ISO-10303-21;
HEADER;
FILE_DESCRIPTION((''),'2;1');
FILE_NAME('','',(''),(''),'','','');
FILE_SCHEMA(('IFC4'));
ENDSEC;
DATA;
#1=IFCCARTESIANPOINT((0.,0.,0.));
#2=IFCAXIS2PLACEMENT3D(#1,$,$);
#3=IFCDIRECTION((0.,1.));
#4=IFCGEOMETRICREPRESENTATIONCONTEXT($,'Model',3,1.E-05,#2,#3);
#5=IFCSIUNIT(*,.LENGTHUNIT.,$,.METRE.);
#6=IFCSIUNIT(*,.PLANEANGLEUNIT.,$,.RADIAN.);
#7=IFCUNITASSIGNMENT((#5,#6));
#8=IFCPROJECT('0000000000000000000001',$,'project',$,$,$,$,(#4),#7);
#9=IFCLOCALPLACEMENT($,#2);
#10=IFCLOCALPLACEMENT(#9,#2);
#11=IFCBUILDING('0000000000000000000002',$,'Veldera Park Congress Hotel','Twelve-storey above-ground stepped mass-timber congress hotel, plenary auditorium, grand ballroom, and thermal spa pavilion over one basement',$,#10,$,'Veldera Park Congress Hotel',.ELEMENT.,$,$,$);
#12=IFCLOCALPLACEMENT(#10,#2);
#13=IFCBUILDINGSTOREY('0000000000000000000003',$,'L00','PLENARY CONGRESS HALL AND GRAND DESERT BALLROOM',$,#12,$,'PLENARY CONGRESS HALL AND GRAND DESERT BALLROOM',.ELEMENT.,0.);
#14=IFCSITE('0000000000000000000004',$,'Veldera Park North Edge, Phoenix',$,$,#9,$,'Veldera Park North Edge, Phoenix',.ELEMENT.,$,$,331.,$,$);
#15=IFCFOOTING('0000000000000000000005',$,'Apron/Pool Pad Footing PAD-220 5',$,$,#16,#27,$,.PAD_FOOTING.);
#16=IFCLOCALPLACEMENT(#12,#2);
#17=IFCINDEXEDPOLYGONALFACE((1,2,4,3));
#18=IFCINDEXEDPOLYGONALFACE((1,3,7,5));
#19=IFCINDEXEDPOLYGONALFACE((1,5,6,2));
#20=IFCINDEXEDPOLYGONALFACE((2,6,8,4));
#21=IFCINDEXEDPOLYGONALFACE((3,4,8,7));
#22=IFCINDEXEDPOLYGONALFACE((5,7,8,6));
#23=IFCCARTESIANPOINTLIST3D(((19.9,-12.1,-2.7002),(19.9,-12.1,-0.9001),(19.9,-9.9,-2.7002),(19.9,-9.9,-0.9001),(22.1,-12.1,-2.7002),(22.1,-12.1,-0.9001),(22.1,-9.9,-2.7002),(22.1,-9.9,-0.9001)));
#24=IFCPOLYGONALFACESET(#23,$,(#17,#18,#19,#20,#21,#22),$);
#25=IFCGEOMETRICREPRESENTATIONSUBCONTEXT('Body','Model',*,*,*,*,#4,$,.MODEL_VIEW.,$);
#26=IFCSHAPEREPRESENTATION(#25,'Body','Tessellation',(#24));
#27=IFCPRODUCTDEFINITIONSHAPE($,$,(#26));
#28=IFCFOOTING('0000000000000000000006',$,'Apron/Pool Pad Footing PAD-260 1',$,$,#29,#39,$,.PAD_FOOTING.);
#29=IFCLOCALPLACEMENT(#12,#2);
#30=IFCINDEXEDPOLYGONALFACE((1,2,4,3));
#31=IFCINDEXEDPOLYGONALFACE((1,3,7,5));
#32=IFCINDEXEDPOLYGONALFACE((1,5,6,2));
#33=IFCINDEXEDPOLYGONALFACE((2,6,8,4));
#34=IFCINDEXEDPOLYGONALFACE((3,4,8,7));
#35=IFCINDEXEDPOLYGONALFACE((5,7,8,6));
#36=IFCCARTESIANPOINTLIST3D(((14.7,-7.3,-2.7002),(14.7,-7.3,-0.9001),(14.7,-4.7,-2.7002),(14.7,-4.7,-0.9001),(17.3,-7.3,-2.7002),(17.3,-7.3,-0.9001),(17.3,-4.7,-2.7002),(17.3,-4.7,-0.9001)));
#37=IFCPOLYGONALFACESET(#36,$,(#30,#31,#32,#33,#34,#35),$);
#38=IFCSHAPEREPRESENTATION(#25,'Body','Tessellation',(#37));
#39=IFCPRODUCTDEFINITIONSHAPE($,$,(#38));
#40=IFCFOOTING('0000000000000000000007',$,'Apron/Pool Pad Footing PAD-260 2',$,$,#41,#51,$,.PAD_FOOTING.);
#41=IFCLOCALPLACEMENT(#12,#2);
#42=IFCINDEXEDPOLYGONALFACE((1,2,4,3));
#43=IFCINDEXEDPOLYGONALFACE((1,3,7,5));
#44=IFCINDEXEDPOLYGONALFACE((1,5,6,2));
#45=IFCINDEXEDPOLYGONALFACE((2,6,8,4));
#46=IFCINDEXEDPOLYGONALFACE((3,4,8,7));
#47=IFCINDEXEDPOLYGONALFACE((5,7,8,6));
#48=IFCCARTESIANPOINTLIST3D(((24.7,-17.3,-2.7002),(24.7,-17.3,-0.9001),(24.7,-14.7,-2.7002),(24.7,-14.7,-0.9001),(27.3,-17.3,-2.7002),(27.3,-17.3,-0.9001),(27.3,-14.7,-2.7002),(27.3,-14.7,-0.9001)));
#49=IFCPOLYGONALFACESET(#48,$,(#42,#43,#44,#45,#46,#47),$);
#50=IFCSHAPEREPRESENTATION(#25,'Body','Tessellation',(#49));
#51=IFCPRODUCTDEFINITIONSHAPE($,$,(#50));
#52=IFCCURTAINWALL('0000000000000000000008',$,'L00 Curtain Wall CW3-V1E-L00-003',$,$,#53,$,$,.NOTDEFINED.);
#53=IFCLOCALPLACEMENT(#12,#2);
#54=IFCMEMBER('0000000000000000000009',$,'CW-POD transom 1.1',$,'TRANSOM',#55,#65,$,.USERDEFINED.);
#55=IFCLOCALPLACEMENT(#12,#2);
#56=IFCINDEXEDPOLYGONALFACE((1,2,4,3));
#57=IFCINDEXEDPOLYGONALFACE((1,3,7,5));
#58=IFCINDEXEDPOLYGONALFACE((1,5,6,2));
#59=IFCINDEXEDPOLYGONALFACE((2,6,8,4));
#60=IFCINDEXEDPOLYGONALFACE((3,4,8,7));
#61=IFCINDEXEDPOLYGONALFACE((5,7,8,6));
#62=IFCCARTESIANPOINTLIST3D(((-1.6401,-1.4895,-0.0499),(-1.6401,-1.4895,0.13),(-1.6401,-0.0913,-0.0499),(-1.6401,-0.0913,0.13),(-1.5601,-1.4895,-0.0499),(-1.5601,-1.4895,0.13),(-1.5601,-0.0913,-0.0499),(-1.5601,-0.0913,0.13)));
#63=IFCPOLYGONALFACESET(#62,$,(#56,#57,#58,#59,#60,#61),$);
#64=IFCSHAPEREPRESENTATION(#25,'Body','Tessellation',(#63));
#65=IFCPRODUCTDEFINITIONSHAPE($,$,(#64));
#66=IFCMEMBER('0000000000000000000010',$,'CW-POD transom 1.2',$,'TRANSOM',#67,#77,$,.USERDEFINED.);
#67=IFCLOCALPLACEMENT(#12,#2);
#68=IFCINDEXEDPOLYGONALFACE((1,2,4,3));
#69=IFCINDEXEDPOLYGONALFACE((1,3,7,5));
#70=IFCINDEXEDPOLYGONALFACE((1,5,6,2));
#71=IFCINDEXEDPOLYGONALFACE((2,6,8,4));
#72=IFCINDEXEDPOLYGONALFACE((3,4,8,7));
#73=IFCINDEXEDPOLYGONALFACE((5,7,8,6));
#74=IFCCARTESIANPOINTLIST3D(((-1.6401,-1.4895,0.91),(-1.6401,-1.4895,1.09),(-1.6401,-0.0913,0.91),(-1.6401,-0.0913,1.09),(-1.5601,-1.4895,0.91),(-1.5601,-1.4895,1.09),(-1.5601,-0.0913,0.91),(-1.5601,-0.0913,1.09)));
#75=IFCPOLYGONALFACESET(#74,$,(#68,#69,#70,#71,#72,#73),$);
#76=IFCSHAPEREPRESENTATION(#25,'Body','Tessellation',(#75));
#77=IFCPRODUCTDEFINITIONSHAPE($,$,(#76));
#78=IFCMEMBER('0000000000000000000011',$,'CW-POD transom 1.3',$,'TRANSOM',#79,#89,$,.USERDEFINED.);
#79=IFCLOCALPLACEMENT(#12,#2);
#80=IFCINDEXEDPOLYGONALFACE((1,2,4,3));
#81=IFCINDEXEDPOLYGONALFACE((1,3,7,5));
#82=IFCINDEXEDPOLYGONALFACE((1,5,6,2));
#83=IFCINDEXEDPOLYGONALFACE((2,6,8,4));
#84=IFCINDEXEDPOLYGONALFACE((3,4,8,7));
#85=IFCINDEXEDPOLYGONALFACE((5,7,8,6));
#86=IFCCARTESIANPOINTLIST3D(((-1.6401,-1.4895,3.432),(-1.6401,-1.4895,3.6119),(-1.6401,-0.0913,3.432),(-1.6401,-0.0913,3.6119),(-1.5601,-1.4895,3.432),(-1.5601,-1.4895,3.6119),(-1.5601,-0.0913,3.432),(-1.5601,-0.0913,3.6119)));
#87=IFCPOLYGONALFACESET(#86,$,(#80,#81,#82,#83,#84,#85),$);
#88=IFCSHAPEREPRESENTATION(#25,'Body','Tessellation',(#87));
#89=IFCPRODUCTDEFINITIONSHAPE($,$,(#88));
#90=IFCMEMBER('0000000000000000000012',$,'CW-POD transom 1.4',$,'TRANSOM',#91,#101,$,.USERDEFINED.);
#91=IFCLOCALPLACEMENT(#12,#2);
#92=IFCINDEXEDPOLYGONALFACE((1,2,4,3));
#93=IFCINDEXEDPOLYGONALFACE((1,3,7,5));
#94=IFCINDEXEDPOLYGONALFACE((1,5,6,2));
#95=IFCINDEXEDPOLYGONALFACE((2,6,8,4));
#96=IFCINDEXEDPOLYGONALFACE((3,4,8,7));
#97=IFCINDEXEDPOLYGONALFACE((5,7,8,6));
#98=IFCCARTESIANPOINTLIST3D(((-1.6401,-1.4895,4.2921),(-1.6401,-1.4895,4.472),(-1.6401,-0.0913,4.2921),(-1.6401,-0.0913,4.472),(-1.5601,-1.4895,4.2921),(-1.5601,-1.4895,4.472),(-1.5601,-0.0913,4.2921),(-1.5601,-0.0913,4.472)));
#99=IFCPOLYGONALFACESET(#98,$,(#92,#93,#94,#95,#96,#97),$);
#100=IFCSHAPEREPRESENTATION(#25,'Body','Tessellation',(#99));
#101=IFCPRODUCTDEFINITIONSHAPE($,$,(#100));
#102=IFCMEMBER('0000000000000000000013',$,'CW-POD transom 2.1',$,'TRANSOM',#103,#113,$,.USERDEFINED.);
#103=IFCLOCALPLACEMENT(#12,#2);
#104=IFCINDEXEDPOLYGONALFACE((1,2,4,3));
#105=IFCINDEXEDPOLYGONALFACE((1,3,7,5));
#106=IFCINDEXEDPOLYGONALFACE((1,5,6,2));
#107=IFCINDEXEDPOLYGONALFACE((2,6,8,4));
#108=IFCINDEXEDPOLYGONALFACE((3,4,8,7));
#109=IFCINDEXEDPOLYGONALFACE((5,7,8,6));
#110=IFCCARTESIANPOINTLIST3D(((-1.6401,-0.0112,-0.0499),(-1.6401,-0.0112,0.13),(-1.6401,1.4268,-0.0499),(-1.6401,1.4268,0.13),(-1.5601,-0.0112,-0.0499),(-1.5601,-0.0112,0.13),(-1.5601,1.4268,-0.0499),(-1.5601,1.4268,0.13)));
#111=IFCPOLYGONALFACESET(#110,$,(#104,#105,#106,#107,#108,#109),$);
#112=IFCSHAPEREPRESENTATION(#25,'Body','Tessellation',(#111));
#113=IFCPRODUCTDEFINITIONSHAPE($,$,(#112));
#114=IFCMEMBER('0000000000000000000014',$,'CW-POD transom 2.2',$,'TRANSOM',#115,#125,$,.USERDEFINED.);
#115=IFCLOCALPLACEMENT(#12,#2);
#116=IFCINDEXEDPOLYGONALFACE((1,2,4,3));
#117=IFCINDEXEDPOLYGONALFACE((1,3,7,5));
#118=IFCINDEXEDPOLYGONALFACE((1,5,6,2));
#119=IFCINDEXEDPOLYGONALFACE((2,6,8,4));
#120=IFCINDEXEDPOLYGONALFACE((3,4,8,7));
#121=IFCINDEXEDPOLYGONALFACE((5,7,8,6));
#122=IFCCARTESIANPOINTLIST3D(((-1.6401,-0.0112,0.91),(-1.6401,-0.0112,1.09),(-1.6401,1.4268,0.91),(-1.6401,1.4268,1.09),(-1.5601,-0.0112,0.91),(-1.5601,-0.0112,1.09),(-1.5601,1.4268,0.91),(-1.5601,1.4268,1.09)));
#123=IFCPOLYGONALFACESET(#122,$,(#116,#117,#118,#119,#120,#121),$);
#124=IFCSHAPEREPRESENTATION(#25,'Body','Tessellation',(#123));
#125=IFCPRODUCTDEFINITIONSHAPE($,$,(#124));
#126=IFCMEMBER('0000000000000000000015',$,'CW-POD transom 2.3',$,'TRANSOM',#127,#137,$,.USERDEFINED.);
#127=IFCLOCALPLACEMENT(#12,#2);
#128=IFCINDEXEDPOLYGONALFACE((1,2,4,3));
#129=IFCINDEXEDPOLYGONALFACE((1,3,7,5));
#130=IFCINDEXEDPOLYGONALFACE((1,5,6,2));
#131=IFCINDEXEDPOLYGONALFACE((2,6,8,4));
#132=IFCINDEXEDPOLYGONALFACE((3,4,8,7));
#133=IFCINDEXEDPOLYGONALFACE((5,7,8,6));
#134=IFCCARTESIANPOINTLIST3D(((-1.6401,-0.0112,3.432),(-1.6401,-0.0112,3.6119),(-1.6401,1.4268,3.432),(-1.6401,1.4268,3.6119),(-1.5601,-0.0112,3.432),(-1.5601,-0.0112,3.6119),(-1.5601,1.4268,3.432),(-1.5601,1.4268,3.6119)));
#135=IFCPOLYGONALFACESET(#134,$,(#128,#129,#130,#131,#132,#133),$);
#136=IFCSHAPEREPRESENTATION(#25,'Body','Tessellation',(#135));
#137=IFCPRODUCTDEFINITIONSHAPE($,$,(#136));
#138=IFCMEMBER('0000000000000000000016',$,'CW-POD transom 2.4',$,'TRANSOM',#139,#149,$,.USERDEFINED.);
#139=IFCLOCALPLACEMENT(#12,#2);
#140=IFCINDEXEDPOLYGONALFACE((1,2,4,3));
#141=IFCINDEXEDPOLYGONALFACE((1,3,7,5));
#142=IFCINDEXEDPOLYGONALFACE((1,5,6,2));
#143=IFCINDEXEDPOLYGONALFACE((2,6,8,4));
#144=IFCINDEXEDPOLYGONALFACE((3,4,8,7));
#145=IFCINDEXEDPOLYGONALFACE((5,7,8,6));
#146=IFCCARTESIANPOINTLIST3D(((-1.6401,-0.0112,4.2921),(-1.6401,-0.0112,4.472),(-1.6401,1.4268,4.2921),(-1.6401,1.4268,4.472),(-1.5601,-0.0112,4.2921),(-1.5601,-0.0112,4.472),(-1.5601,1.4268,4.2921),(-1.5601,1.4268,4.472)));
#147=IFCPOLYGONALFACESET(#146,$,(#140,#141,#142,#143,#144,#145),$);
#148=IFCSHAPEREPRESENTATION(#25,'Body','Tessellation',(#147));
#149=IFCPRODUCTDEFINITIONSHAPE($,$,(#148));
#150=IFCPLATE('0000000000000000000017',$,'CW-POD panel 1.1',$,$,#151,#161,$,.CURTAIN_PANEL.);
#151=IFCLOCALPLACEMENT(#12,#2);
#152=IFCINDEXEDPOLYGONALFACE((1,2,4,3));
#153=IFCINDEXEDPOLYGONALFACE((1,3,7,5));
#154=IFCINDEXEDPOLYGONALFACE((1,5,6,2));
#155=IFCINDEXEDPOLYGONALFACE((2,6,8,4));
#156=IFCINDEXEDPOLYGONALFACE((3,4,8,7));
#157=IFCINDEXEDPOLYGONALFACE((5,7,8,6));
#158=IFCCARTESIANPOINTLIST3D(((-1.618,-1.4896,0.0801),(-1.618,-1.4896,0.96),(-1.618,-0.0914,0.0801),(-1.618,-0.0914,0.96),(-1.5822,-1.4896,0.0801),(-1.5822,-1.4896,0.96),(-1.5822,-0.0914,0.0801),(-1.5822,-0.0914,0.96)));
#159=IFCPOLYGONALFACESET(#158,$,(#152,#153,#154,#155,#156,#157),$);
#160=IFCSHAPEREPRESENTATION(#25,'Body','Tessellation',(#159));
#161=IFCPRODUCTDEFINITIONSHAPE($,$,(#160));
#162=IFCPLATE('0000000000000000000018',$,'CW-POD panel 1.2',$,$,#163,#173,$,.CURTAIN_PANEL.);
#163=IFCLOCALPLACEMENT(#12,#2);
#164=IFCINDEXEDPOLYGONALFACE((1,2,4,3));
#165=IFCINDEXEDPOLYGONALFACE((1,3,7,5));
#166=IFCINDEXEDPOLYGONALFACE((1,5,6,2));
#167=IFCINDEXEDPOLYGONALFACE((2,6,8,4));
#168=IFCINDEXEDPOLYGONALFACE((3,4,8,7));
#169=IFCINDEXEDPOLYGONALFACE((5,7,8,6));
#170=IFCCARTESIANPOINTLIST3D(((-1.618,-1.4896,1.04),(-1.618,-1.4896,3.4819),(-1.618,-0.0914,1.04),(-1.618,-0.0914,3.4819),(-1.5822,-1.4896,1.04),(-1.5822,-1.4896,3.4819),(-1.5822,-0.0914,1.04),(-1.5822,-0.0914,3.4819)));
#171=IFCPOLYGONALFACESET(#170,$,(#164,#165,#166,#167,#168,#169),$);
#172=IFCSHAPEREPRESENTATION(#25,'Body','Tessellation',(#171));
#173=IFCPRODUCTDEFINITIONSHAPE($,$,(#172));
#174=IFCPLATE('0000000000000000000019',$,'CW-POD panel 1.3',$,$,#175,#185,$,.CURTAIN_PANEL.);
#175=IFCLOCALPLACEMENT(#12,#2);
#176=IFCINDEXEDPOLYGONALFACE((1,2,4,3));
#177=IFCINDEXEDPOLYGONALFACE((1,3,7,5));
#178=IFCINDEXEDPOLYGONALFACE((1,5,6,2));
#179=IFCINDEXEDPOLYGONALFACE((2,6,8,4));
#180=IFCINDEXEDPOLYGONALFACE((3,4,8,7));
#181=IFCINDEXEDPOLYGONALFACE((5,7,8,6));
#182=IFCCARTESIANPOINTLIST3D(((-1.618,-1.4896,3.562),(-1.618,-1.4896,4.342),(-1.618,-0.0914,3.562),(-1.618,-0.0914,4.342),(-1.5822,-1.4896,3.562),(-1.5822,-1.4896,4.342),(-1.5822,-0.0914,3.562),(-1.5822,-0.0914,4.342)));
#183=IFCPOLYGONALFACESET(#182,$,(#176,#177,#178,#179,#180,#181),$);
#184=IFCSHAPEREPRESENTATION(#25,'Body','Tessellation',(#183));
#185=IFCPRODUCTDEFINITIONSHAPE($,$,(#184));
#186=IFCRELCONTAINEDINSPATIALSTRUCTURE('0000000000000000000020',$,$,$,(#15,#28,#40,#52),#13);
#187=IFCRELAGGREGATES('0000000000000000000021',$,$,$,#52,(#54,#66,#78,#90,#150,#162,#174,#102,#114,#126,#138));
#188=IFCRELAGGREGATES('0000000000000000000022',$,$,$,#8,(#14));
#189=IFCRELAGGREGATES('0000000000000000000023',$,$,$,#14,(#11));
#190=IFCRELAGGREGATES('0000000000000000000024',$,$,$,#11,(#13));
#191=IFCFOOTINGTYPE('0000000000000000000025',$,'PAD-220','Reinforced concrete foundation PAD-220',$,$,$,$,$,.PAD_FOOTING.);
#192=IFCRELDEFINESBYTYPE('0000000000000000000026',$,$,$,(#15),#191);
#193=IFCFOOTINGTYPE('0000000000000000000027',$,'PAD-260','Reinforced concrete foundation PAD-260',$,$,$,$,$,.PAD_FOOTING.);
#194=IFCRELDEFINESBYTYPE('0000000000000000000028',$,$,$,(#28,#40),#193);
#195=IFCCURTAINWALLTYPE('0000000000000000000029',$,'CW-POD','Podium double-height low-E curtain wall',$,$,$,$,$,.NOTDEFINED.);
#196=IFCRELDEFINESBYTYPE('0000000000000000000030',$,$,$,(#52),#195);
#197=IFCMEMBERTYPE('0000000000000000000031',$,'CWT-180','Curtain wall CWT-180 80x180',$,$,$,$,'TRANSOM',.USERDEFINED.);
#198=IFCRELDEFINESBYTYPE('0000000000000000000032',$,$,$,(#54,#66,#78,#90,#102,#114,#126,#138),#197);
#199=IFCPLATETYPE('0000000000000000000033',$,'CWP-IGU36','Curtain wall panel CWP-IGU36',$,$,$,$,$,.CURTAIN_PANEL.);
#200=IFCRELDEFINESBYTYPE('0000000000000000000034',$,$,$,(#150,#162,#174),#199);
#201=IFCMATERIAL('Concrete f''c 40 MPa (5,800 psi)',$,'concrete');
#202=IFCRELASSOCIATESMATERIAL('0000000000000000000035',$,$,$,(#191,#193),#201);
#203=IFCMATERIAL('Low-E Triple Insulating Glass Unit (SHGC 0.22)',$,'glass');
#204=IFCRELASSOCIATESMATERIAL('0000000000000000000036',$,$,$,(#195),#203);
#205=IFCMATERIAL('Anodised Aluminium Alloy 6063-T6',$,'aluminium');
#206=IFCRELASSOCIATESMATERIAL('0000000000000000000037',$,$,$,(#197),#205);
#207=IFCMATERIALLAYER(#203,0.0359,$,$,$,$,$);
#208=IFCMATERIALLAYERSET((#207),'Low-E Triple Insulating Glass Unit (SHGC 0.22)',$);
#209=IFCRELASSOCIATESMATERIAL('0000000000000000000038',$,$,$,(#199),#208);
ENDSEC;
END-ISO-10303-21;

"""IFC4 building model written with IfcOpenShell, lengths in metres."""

from ifc_helpers import new_model, si_unit, direction, frame, origin, origin_2d, place, context, subcontext, project, spatial, rectangle, extrude, material, layer, layer_set, material_profile, profile_set, type_object, element, aggregate, save


model = new_model("IFC4")

# Units and contexts
model_context = context("Model", 3, precision=1e-05, world=origin(), true_north=direction((0.0, 1.0)))
body_context = subcontext(model_context, "Body", "Model", "MODEL_VIEW")
ifc_project = project(units=[si_unit("LENGTHUNIT", "METRE"), si_unit("PLANEANGLEUNIT", "RADIAN")], contexts=[model_context])

# Site, building, storey
site_placement = place(None, origin())
site = spatial("IfcSite", under=ifc_project, at=site_placement, Name="Veldera Park North Edge, Phoenix", LongName="Veldera Park North Edge, Phoenix", CompositionType="ELEMENT", RefElevation=331.0)
building_placement = place(site_placement, origin())
building = spatial("IfcBuilding", under=site, at=building_placement, Name="Veldera Park Congress Hotel", Description="Twelve-storey above-ground stepped mass-timber congress hotel, plenary auditorium, grand ballroom, and thermal spa pavilion over one basement", LongName="Veldera Park Congress Hotel", CompositionType="ELEMENT")
storey_placement = place(building_placement, origin())
storey = spatial("IfcBuildingStorey", under=building, at=storey_placement, Name="L00", Description="PLENARY CONGRESS HALL AND GRAND DESERT BALLROOM", LongName="PLENARY CONGRESS HALL AND GRAND DESERT BALLROOM", CompositionType="ELEMENT", Elevation=0.0)

# Footings
ifc_material_1 = material(Name="Concrete f'c 40 MPa (5,800 psi)", Category="concrete")
footing_type_1 = type_object("IfcFootingType", Name="PAD-220", Description="Reinforced concrete foundation PAD-220", PredefinedType="PAD_FOOTING", material=ifc_material_1)
footing_placement = place(storey_placement, frame((21.0, -11.0, -2.7002), z_axis=(0.0, 0.0, 1.0), x_axis=(1.0, 0.0, 0.0)))
element("IfcFooting", 1, at=footing_placement, inside=storey, type_object=footing_type_1, Name="Apron/Pool Pad Footing PAD-220 5", PredefinedType="PAD_FOOTING", context=body_context, shape_type="SweptSolid", body=[
    extrude(rectangle(XDim=2.2, YDim=2.2, at=origin_2d()), origin(), (0.0, 0.0, 1.0), 1.8),
])
footing_type_2 = type_object("IfcFootingType", Name="PAD-260", Description="Reinforced concrete foundation PAD-260", PredefinedType="PAD_FOOTING", material=ifc_material_1)
for number, where, z_axis, x_axis, name in (
    (2, (16.0, -6.0, -2.7002), (0.0, 0.0, 1.0), (1.0, 0.0, 0.0), "Apron/Pool Pad Footing PAD-260 1"),
    (3, (26.0, -16.0, -2.7002), (0.0, 0.0, 1.0), (1.0, 0.0, 0.0), "Apron/Pool Pad Footing PAD-260 2"),
):
    element("IfcFooting", number, at=place(storey_placement, frame(where, z_axis=z_axis, x_axis=x_axis)), inside=storey, type_object=footing_type_2, Name=name, PredefinedType="PAD_FOOTING", context=body_context, shape_type="SweptSolid", body=[
        extrude(rectangle(XDim=2.6001, YDim=2.6001, at=origin_2d()), origin(), (0.0, 0.0, 1.0), 1.8),
    ])

# Curtain wall, members, plates
ifc_material_2 = material(Name="Low-E Triple Insulating Glass Unit (SHGC 0.22)", Category="glass")
curtain_wall_type = type_object("IfcCurtainWallType", Name="CW-POD", Description="Podium double-height low-E curtain wall", PredefinedType="NOTDEFINED", material=ifc_material_2)
curtain_wall_placement = place(storey_placement, origin())
curtain_wall = element("IfcCurtainWall", 4, at=curtain_wall_placement, inside=storey, type_object=curtain_wall_type, Name="L00 Curtain Wall CW3-V1E-L00-003", PredefinedType="NOTDEFINED")
ifc_material_3 = material(Name="Anodised Aluminium Alloy 6063-T6", Category="aluminium")
ifc_material_profile = material_profile(ifc_material_3, rectangle(XDim=0.0801, YDim=0.1799, at=origin_2d()), Name="ALU 80x180")
ifc_profile_set = profile_set([ifc_material_profile], Name="Anodised Aluminium Alloy 6063-T6")
member_type = type_object("IfcMemberType", Name="CWT-180", Description="Curtain wall CWT-180 80x180", ElementType="TRANSOM", PredefinedType="USERDEFINED", material=ifc_profile_set)
member_1_placement = place(storey_placement, frame((-1.6001, -1.4895, 0.04), z_axis=(0.0, 1.0, 0.0), x_axis=(-1.0, 0.0, 0.0)))
member_1 = element("IfcMember", 5, at=member_1_placement, type_object=member_type, Name="CW-POD transom 1.1", ObjectType="TRANSOM", PredefinedType="USERDEFINED", context=body_context, shape_type="SweptSolid", body=[
    extrude(rectangle(XDim=0.0801, YDim=0.1799, at=origin_2d()), origin(), (0.0, 0.0, 1.0), 1.3982),
])
member_2_placement = place(storey_placement, frame((-1.6001, -1.4895, 1.0), z_axis=(0.0, 1.0, 0.0), x_axis=(-1.0, 0.0, 0.0)))
member_2 = element("IfcMember", 6, at=member_2_placement, type_object=member_type, Name="CW-POD transom 1.2", ObjectType="TRANSOM", PredefinedType="USERDEFINED", context=body_context, shape_type="SweptSolid", body=[
    extrude(rectangle(XDim=0.0801, YDim=0.1799, at=origin_2d()), origin(), (0.0, 0.0, 1.0), 1.3982),
])
member_3_placement = place(storey_placement, frame((-1.6001, -1.4895, 3.522), z_axis=(0.0, 1.0, 0.0), x_axis=(-1.0, 0.0, 0.0)))
member_3 = element("IfcMember", 7, at=member_3_placement, type_object=member_type, Name="CW-POD transom 1.3", ObjectType="TRANSOM", PredefinedType="USERDEFINED", context=body_context, shape_type="SweptSolid", body=[
    extrude(rectangle(XDim=0.0801, YDim=0.1799, at=origin_2d()), origin(), (0.0, 0.0, 1.0), 1.3982),
])
member_4_placement = place(storey_placement, frame((-1.6001, -1.4895, 4.3821), z_axis=(0.0, 1.0, 0.0), x_axis=(-1.0, 0.0, 0.0)))
member_4 = element("IfcMember", 8, at=member_4_placement, type_object=member_type, Name="CW-POD transom 1.4", ObjectType="TRANSOM", PredefinedType="USERDEFINED", context=body_context, shape_type="SweptSolid", body=[
    extrude(rectangle(XDim=0.0801, YDim=0.1799, at=origin_2d()), origin(), (0.0, 0.0, 1.0), 1.3982),
])
member_5_placement = place(storey_placement, frame((-1.6001, -0.0112, 0.04), z_axis=(0.0, 1.0, 0.0), x_axis=(-1.0, 0.0, 0.0)))
member_5 = element("IfcMember", 9, at=member_5_placement, type_object=member_type, Name="CW-POD transom 2.1", ObjectType="TRANSOM", PredefinedType="USERDEFINED", context=body_context, shape_type="SweptSolid", body=[
    extrude(rectangle(XDim=0.0801, YDim=0.1799, at=origin_2d()), origin(), (0.0, 0.0, 1.0), 1.438),
])
member_6_placement = place(storey_placement, frame((-1.6001, -0.0112, 1.0), z_axis=(0.0, 1.0, 0.0), x_axis=(-1.0, 0.0, 0.0)))
member_6 = element("IfcMember", 10, at=member_6_placement, type_object=member_type, Name="CW-POD transom 2.2", ObjectType="TRANSOM", PredefinedType="USERDEFINED", context=body_context, shape_type="SweptSolid", body=[
    extrude(rectangle(XDim=0.0801, YDim=0.1799, at=origin_2d()), origin(), (0.0, 0.0, 1.0), 1.438),
])
member_7_placement = place(storey_placement, frame((-1.6001, -0.0112, 3.522), z_axis=(0.0, 1.0, 0.0), x_axis=(-1.0, 0.0, 0.0)))
member_7 = element("IfcMember", 11, at=member_7_placement, type_object=member_type, Name="CW-POD transom 2.3", ObjectType="TRANSOM", PredefinedType="USERDEFINED", context=body_context, shape_type="SweptSolid", body=[
    extrude(rectangle(XDim=0.0801, YDim=0.1799, at=origin_2d()), origin(), (0.0, 0.0, 1.0), 1.438),
])
member_8_placement = place(storey_placement, frame((-1.6001, -0.0112, 4.3821), z_axis=(0.0, 1.0, 0.0), x_axis=(-1.0, 0.0, 0.0)))
member_8 = element("IfcMember", 12, at=member_8_placement, type_object=member_type, Name="CW-POD transom 2.4", ObjectType="TRANSOM", PredefinedType="USERDEFINED", context=body_context, shape_type="SweptSolid", body=[
    extrude(rectangle(XDim=0.0801, YDim=0.1799, at=origin_2d()), origin(), (0.0, 0.0, 1.0), 1.438),
])
ifc_layer_1 = layer(ifc_material_2, 0.0359)
ifc_layer_set_1 = layer_set([ifc_layer_1], Name="Low-E Triple Insulating Glass Unit (SHGC 0.22)")
plate_type = type_object("IfcPlateType", Name="CWP-IGU36", Description="Curtain wall panel CWP-IGU36", PredefinedType="CURTAIN_PANEL", material=ifc_layer_set_1)
plate_1_placement = place(storey_placement, frame((-1.6001, -0.7905, 0.0801), z_axis=(0.0, 0.0, 1.0), x_axis=(0.0, 1.0, 0.0)))
plate_1 = element("IfcPlate", 13, at=plate_1_placement, type_object=plate_type, Name="CW-POD panel 1.1", PredefinedType="CURTAIN_PANEL", context=body_context, shape_type="SweptSolid", body=[
    extrude(rectangle(XDim=1.3982, YDim=0.0359, at=origin_2d()), origin(), (0.0, 0.0, 1.0), 0.8799),
])
plate_2_placement = place(storey_placement, frame((-1.6001, -0.7905, 1.04), z_axis=(0.0, 0.0, 1.0), x_axis=(0.0, 1.0, 0.0)))
plate_2 = element("IfcPlate", 14, at=plate_2_placement, type_object=plate_type, Name="CW-POD panel 1.2", PredefinedType="CURTAIN_PANEL", context=body_context, shape_type="SweptSolid", body=[
    extrude(rectangle(XDim=1.3982, YDim=0.0359, at=origin_2d()), origin(), (0.0, 0.0, 1.0), 2.4419),
])
plate_3_placement = place(storey_placement, frame((-1.6001, -0.7905, 3.562), z_axis=(0.0, 0.0, 1.0), x_axis=(0.0, 1.0, 0.0)))
plate_3 = element("IfcPlate", 15, at=plate_3_placement, type_object=plate_type, Name="CW-POD panel 1.3", PredefinedType="CURTAIN_PANEL", context=body_context, shape_type="SweptSolid", body=[
    extrude(rectangle(XDim=1.3982, YDim=0.0359, at=origin_2d()), origin(), (0.0, 0.0, 1.0), 0.78),
])
aggregate(curtain_wall, [member_1, member_2, member_3, member_4, plate_1, plate_2, plate_3, member_5, member_6, member_7, member_8])

save(model, "model.ifc")
